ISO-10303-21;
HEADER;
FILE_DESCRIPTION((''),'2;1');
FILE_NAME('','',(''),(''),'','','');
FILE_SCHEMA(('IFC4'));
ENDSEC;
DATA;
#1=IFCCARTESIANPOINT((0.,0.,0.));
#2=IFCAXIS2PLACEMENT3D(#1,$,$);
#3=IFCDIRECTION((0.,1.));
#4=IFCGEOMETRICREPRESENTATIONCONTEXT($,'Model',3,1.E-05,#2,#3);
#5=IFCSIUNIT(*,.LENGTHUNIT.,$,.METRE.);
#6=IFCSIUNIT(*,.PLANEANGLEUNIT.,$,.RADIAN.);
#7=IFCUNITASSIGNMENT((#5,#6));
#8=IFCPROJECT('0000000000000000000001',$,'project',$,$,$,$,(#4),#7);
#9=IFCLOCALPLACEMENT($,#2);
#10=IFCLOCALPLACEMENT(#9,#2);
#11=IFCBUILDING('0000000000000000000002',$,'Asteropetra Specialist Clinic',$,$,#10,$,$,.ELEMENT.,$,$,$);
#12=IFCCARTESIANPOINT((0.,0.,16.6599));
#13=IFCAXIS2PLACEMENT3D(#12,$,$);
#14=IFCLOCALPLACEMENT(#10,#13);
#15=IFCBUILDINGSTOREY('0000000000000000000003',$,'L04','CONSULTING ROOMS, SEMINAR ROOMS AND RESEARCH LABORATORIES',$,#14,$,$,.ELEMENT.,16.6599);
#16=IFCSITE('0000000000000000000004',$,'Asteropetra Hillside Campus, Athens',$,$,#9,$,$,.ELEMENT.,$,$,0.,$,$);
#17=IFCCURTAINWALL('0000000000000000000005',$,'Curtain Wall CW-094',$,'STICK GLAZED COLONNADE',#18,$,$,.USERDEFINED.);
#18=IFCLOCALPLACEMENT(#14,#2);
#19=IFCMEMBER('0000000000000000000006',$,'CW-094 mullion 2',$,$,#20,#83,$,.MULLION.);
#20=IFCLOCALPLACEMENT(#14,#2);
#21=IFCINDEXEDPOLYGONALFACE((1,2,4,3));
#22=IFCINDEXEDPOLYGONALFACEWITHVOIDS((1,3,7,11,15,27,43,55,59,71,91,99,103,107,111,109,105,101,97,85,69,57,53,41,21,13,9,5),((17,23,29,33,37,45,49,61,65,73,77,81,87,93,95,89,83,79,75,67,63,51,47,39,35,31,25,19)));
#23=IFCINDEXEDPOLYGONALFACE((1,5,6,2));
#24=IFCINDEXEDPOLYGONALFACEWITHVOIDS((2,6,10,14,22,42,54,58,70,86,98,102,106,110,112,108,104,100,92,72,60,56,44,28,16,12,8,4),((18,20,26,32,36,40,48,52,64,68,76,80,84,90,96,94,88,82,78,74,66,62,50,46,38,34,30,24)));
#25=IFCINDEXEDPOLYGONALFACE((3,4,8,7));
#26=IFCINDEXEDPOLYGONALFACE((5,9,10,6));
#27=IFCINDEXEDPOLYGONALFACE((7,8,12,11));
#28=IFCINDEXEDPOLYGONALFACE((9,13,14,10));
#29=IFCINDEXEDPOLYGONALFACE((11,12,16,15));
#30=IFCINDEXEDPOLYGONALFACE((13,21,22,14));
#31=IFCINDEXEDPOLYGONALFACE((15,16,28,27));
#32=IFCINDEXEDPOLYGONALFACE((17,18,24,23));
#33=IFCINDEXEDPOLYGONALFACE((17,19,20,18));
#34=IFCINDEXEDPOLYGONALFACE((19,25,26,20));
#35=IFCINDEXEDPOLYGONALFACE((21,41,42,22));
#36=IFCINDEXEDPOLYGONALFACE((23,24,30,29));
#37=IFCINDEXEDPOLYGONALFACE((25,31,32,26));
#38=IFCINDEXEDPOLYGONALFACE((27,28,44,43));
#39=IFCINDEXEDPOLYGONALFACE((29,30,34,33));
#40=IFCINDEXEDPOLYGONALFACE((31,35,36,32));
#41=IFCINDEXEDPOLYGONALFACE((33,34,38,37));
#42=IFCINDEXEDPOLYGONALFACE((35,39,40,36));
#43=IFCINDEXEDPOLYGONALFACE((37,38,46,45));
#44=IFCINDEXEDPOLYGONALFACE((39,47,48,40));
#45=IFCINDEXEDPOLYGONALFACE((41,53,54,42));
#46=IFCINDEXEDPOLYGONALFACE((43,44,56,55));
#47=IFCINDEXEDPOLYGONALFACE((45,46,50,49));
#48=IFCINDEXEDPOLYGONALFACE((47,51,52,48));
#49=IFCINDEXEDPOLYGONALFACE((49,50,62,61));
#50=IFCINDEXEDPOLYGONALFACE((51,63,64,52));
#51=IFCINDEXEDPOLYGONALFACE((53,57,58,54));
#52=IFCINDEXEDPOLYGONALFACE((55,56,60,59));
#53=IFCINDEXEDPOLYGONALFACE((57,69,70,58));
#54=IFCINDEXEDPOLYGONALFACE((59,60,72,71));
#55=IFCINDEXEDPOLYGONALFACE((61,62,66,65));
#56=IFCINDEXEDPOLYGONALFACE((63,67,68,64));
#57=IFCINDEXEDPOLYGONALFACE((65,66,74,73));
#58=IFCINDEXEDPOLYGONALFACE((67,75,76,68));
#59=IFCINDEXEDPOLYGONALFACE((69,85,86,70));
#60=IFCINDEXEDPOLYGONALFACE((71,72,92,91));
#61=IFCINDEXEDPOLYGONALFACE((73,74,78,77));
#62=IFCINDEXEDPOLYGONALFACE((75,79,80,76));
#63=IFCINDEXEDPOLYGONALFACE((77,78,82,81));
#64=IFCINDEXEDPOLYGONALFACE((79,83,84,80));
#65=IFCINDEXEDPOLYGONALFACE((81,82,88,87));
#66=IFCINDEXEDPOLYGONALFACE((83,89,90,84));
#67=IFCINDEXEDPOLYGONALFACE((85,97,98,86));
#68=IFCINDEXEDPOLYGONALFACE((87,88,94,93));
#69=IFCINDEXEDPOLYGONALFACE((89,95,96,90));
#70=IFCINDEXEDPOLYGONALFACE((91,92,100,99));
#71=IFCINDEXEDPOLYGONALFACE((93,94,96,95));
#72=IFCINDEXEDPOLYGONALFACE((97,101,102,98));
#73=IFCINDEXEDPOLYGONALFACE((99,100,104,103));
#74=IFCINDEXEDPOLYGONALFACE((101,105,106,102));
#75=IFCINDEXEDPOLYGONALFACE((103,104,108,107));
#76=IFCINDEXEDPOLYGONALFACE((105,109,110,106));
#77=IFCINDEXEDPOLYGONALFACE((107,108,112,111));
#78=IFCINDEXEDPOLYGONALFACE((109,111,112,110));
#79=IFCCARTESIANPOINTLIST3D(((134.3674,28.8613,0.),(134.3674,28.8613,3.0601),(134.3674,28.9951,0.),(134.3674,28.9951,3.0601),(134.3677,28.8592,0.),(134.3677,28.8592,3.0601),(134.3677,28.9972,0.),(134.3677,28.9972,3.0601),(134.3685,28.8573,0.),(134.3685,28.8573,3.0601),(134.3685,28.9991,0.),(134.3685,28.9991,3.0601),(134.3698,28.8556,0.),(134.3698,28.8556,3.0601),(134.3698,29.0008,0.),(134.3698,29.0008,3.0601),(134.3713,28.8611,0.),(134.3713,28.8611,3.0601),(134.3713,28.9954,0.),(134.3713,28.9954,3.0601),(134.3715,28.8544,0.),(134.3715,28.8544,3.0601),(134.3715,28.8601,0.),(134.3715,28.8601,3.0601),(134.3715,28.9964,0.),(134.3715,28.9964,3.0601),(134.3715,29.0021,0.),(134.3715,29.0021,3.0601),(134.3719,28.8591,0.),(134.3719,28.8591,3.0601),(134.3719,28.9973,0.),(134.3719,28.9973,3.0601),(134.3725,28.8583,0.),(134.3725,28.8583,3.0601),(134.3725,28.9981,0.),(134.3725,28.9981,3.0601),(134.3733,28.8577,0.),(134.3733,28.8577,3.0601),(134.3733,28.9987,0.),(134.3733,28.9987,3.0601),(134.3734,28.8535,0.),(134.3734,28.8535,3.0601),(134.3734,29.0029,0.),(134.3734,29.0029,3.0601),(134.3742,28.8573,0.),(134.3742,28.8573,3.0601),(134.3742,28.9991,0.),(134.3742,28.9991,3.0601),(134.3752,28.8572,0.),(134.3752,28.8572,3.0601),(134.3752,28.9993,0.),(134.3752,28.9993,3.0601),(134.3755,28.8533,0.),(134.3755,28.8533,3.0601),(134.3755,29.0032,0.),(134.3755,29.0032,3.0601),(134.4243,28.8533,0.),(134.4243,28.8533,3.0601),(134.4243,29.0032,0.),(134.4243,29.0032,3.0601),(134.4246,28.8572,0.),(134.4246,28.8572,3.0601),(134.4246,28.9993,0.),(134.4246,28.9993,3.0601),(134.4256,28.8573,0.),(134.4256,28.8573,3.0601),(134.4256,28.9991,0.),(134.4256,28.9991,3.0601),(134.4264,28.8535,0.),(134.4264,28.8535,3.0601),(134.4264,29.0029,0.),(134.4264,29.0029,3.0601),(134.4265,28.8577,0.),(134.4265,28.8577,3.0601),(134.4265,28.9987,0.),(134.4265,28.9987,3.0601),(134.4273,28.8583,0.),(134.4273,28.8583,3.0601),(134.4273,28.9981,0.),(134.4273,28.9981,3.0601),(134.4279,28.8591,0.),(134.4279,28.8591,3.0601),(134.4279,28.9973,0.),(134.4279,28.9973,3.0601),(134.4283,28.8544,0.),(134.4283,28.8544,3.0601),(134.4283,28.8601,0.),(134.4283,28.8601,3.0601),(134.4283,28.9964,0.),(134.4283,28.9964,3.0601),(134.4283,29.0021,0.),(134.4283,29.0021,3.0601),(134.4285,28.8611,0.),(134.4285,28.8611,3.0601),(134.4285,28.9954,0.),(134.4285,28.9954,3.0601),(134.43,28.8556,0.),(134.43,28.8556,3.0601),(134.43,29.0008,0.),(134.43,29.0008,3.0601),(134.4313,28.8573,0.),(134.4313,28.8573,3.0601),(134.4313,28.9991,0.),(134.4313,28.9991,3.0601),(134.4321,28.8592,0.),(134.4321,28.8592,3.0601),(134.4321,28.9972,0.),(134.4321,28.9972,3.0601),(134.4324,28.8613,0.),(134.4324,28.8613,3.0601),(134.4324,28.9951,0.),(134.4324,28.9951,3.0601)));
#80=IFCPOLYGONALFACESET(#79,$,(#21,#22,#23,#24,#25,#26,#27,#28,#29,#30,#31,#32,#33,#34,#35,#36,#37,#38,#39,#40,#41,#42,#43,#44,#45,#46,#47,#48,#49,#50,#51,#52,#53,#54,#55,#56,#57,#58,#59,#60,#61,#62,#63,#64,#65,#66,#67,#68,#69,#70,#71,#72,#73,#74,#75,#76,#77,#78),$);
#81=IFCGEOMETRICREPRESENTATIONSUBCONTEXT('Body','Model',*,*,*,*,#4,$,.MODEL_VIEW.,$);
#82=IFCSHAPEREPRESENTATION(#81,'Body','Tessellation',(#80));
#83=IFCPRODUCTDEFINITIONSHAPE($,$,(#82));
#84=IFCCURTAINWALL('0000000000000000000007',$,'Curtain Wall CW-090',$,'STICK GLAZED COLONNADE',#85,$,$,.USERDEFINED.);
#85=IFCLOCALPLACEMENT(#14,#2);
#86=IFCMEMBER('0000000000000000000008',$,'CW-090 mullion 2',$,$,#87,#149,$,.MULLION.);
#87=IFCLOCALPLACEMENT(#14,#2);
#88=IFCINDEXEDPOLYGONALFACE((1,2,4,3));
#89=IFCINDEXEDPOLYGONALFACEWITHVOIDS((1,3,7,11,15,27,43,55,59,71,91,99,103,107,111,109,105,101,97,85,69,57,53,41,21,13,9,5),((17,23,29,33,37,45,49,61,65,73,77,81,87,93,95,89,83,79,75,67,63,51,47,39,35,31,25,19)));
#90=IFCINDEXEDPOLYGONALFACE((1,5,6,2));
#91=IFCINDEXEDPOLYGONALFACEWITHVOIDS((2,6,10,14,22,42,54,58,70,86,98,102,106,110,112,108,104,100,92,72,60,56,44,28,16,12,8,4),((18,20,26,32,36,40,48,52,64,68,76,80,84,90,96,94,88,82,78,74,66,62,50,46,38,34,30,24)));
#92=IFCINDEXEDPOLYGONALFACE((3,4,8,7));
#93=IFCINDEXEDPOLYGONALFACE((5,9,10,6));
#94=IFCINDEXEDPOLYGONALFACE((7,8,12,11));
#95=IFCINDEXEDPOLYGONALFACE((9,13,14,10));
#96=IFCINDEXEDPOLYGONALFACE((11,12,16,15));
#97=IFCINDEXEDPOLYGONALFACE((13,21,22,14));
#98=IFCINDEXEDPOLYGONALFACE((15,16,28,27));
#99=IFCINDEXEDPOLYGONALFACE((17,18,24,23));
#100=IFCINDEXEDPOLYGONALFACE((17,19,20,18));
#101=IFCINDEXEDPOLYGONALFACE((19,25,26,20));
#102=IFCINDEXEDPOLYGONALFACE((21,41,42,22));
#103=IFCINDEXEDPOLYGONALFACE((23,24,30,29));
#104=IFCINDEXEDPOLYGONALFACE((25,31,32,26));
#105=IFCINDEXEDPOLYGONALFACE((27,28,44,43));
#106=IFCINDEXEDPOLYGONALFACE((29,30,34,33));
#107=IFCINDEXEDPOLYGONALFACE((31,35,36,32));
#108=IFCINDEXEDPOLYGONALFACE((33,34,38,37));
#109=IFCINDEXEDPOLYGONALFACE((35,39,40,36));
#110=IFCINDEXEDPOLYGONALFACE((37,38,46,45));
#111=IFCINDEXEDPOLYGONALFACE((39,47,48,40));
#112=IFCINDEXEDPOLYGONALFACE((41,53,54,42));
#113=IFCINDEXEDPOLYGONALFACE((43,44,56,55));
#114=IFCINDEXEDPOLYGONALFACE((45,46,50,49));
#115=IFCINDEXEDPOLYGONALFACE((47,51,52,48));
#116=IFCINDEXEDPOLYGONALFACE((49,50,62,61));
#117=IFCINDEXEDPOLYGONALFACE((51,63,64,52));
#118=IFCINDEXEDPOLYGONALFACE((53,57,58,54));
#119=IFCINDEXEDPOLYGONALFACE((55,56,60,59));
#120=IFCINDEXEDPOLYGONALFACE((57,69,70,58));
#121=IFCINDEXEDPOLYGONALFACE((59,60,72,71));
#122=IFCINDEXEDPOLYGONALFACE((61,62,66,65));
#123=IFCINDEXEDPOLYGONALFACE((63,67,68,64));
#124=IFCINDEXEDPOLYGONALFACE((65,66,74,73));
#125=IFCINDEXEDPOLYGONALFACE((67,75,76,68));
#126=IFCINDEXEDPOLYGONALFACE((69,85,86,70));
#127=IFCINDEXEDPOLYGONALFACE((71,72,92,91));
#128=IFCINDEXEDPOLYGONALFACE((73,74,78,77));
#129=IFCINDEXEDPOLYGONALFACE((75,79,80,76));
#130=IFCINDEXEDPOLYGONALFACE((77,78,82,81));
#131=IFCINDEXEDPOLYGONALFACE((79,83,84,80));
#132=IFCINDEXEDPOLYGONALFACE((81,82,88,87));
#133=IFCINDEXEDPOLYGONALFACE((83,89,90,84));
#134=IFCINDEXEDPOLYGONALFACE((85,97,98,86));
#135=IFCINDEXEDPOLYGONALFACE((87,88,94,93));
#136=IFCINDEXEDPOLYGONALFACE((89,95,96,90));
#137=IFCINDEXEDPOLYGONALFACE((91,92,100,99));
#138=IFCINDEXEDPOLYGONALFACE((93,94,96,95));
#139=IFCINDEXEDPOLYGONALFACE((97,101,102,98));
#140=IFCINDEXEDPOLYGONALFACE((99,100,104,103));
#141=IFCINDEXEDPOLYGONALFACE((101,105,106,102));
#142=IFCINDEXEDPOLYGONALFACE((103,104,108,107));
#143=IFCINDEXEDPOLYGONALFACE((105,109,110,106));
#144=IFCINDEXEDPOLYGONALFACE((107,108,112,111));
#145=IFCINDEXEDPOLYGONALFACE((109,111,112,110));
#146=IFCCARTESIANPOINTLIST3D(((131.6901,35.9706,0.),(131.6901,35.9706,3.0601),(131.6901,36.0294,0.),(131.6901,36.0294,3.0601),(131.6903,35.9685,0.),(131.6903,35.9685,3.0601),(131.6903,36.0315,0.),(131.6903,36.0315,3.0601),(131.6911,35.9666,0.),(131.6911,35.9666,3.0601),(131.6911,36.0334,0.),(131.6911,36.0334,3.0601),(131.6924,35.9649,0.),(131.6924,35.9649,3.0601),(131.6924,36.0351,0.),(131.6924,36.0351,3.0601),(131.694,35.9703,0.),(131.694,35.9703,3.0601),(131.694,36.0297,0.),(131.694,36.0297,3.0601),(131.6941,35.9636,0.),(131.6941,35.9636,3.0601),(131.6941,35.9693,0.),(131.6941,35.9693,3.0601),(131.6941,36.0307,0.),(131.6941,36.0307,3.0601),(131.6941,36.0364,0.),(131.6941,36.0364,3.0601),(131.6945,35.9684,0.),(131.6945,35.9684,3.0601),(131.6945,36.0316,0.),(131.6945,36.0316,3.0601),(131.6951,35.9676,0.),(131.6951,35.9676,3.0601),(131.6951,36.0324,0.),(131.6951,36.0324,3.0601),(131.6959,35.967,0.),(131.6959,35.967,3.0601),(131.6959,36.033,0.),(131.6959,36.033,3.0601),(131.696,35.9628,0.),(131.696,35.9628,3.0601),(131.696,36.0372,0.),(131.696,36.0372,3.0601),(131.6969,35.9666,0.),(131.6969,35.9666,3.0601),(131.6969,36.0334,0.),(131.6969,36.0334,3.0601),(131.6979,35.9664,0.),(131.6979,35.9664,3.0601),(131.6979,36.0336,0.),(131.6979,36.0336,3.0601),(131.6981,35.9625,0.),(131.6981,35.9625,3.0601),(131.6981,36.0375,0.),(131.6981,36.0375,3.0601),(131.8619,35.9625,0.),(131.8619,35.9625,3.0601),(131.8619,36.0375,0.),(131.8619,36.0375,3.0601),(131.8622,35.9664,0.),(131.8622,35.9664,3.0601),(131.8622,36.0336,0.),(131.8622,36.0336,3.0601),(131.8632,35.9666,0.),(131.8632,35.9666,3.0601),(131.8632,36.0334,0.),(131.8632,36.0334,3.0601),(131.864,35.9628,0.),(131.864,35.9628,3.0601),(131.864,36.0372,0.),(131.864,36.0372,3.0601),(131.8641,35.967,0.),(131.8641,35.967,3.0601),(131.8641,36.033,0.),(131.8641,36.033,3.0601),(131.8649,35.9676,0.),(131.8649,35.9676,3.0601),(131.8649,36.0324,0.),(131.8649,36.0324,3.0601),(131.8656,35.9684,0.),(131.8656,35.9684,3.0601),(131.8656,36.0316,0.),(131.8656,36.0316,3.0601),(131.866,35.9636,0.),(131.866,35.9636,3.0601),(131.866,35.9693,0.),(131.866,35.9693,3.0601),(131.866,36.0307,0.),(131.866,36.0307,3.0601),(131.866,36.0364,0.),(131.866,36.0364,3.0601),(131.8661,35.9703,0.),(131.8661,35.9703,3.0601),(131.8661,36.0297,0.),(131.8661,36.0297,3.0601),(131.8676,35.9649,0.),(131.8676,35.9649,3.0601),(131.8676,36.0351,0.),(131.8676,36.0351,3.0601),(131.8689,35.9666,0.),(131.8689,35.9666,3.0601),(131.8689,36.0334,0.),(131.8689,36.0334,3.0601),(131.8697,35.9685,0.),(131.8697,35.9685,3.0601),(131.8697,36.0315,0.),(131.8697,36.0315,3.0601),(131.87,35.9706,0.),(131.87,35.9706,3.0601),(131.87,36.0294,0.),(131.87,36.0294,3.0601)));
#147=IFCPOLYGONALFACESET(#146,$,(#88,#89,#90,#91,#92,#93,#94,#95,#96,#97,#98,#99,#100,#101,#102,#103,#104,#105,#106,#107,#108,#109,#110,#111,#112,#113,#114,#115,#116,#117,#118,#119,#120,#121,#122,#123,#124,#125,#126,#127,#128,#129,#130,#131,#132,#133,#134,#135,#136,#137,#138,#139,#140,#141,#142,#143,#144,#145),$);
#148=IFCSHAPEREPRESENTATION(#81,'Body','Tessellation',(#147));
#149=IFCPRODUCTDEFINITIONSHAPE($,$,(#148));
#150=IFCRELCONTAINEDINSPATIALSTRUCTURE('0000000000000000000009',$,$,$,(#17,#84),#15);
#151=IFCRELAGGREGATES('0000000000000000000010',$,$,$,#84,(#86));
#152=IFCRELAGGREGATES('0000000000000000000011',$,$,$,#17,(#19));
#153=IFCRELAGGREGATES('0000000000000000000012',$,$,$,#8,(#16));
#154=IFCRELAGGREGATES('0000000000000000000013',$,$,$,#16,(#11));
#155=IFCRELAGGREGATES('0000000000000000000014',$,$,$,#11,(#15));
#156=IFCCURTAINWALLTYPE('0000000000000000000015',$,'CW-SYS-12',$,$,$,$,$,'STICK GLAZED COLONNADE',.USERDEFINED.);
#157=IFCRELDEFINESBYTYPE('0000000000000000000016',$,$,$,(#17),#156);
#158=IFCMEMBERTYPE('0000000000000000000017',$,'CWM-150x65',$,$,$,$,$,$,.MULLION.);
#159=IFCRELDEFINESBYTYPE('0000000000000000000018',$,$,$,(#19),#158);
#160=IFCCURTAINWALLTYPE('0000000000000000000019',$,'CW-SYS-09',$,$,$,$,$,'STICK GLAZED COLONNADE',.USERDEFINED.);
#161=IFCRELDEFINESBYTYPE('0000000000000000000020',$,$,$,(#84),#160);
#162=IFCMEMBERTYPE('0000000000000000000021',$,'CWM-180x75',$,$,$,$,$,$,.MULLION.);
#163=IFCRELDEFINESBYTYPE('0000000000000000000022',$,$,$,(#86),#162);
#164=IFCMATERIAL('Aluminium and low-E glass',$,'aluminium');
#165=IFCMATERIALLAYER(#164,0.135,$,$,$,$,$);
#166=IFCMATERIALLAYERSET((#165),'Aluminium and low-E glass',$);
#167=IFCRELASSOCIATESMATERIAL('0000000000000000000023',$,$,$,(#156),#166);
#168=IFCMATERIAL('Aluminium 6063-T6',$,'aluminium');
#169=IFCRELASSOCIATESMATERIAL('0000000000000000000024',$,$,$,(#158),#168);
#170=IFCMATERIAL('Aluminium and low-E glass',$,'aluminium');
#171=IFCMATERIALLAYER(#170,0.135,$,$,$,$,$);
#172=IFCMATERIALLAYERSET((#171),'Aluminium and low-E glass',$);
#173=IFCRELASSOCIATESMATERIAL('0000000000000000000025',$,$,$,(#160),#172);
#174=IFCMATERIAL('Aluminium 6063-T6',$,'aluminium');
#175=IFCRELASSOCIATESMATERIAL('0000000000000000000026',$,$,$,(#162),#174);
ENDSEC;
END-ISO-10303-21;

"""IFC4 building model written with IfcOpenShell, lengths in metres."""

from ifc_helpers import new_model, si_unit, direction, frame, origin, origin_2d, place, context, subcontext, project, spatial, hollow_rectangle, extrude, material, layer, layer_set, material_profile, profile_set, type_object, element, aggregate, save


model = new_model("IFC4")

# Units and contexts
model_context = context("Model", 3, precision=1e-05, world=origin(), true_north=direction((0.0, 1.0)))
body_context = subcontext(model_context, "Body", "Model", "MODEL_VIEW")
ifc_project = project(units=[si_unit("LENGTHUNIT", "METRE"), si_unit("PLANEANGLEUNIT", "RADIAN")], contexts=[model_context])

# Site, building, storey
site_placement = place(None, origin())
site = spatial("IfcSite", under=ifc_project, at=site_placement, Name="Asteropetra Hillside Campus, Athens", CompositionType="ELEMENT", RefElevation=0.0)
building_placement = place(site_placement, origin())
building = spatial("IfcBuilding", under=site, at=building_placement, Name="Asteropetra Specialist Clinic", CompositionType="ELEMENT")
storey_placement = place(building_placement, frame((0.0, 0.0, 16.6599)))
storey = spatial("IfcBuildingStorey", under=building, at=storey_placement, Name="L04", Description="CONSULTING ROOMS, SEMINAR ROOMS AND RESEARCH LABORATORIES", CompositionType="ELEMENT", Elevation=16.6599)

# Curtain wall, member
ifc_material_1 = material(Name="Aluminium and low-E glass", Category="aluminium")
ifc_layer_1 = layer(ifc_material_1, 0.135)
ifc_layer_set_1 = layer_set([ifc_layer_1], Name="Aluminium and low-E glass")
curtain_wall_type_1 = type_object("IfcCurtainWallType", Name="CW-SYS-12", ElementType="STICK GLAZED COLONNADE", PredefinedType="USERDEFINED", material=ifc_layer_set_1)
curtain_wall_1_placement = place(storey_placement, origin())
curtain_wall_1 = element("IfcCurtainWall", 1, at=curtain_wall_1_placement, inside=storey, type_object=curtain_wall_type_1, Name="Curtain Wall CW-094", ObjectType="STICK GLAZED COLONNADE", PredefinedType="USERDEFINED")
ifc_material_2 = material(Name="Aluminium 6063-T6", Category="aluminium")
ifc_material_profile_1 = material_profile(ifc_material_2, hollow_rectangle(XDim=0.0649, YDim=0.1499, WallThickness=0.0039, InnerFilletRadius=0.0039, OuterFilletRadius=0.0081, at=origin_2d()), Name="MUL 150x65x4.0")
ifc_profile_set_1 = profile_set([ifc_material_profile_1], Name="Aluminium 6063-T6")
member_type_1 = type_object("IfcMemberType", Name="CWM-150x65", PredefinedType="MULLION", material=ifc_profile_set_1)
member_1_placement = place(storey_placement, frame((134.3999, 28.9282, 0.0), z_axis=(0.0, 0.0, 1.0), x_axis=(-1.0, 0.0, 0.0)))
member_1 = element("IfcMember", 2, at=member_1_placement, type_object=member_type_1, Name="CW-094 mullion 2", PredefinedType="MULLION", context=body_context, shape_type="SweptSolid", body=[
    extrude(hollow_rectangle(XDim=0.0649, YDim=0.1499, WallThickness=0.0039, InnerFilletRadius=0.0039, OuterFilletRadius=0.0081, at=origin_2d()), origin(), (0.0, 0.0, 1.0), 3.0601),
])

# Curtain wall, member
ifc_material_3 = material(Name="Aluminium and low-E glass", Category="aluminium")
ifc_layer_2 = layer(ifc_material_3, 0.135)
ifc_layer_set_2 = layer_set([ifc_layer_2], Name="Aluminium and low-E glass")
curtain_wall_type_2 = type_object("IfcCurtainWallType", Name="CW-SYS-09", ElementType="STICK GLAZED COLONNADE", PredefinedType="USERDEFINED", material=ifc_layer_set_2)
curtain_wall_2_placement = place(storey_placement, origin())
curtain_wall_2 = element("IfcCurtainWall", 3, at=curtain_wall_2_placement, inside=storey, type_object=curtain_wall_type_2, Name="Curtain Wall CW-090", ObjectType="STICK GLAZED COLONNADE", PredefinedType="USERDEFINED")
ifc_material_4 = material(Name="Aluminium 6063-T6", Category="aluminium")
ifc_material_profile_2 = material_profile(ifc_material_4, hollow_rectangle(XDim=0.075, YDim=0.1799, WallThickness=0.0039, InnerFilletRadius=0.0039, OuterFilletRadius=0.0081, at=origin_2d()), Name="MUL 180x75x4.0")
ifc_profile_set_2 = profile_set([ifc_material_profile_2], Name="Aluminium 6063-T6")
member_type_2 = type_object("IfcMemberType", Name="CWM-180x75", PredefinedType="MULLION", material=ifc_profile_set_2)
member_2_placement = place(storey_placement, frame((131.78, 36.0, 0.0), z_axis=(0.0, 0.0, 1.0), x_axis=(0.0, -1.0, 0.0)))
member_2 = element("IfcMember", 4, at=member_2_placement, type_object=member_type_2, Name="CW-090 mullion 2", PredefinedType="MULLION", context=body_context, shape_type="SweptSolid", body=[
    extrude(hollow_rectangle(XDim=0.075, YDim=0.1799, WallThickness=0.0039, InnerFilletRadius=0.0039, OuterFilletRadius=0.0081, at=origin_2d()), origin(), (0.0, 0.0, 1.0), 3.0601),
])

aggregate(curtain_wall_2, [member_2])
aggregate(curtain_wall_1, [member_1])

save(model, "model.ifc")
